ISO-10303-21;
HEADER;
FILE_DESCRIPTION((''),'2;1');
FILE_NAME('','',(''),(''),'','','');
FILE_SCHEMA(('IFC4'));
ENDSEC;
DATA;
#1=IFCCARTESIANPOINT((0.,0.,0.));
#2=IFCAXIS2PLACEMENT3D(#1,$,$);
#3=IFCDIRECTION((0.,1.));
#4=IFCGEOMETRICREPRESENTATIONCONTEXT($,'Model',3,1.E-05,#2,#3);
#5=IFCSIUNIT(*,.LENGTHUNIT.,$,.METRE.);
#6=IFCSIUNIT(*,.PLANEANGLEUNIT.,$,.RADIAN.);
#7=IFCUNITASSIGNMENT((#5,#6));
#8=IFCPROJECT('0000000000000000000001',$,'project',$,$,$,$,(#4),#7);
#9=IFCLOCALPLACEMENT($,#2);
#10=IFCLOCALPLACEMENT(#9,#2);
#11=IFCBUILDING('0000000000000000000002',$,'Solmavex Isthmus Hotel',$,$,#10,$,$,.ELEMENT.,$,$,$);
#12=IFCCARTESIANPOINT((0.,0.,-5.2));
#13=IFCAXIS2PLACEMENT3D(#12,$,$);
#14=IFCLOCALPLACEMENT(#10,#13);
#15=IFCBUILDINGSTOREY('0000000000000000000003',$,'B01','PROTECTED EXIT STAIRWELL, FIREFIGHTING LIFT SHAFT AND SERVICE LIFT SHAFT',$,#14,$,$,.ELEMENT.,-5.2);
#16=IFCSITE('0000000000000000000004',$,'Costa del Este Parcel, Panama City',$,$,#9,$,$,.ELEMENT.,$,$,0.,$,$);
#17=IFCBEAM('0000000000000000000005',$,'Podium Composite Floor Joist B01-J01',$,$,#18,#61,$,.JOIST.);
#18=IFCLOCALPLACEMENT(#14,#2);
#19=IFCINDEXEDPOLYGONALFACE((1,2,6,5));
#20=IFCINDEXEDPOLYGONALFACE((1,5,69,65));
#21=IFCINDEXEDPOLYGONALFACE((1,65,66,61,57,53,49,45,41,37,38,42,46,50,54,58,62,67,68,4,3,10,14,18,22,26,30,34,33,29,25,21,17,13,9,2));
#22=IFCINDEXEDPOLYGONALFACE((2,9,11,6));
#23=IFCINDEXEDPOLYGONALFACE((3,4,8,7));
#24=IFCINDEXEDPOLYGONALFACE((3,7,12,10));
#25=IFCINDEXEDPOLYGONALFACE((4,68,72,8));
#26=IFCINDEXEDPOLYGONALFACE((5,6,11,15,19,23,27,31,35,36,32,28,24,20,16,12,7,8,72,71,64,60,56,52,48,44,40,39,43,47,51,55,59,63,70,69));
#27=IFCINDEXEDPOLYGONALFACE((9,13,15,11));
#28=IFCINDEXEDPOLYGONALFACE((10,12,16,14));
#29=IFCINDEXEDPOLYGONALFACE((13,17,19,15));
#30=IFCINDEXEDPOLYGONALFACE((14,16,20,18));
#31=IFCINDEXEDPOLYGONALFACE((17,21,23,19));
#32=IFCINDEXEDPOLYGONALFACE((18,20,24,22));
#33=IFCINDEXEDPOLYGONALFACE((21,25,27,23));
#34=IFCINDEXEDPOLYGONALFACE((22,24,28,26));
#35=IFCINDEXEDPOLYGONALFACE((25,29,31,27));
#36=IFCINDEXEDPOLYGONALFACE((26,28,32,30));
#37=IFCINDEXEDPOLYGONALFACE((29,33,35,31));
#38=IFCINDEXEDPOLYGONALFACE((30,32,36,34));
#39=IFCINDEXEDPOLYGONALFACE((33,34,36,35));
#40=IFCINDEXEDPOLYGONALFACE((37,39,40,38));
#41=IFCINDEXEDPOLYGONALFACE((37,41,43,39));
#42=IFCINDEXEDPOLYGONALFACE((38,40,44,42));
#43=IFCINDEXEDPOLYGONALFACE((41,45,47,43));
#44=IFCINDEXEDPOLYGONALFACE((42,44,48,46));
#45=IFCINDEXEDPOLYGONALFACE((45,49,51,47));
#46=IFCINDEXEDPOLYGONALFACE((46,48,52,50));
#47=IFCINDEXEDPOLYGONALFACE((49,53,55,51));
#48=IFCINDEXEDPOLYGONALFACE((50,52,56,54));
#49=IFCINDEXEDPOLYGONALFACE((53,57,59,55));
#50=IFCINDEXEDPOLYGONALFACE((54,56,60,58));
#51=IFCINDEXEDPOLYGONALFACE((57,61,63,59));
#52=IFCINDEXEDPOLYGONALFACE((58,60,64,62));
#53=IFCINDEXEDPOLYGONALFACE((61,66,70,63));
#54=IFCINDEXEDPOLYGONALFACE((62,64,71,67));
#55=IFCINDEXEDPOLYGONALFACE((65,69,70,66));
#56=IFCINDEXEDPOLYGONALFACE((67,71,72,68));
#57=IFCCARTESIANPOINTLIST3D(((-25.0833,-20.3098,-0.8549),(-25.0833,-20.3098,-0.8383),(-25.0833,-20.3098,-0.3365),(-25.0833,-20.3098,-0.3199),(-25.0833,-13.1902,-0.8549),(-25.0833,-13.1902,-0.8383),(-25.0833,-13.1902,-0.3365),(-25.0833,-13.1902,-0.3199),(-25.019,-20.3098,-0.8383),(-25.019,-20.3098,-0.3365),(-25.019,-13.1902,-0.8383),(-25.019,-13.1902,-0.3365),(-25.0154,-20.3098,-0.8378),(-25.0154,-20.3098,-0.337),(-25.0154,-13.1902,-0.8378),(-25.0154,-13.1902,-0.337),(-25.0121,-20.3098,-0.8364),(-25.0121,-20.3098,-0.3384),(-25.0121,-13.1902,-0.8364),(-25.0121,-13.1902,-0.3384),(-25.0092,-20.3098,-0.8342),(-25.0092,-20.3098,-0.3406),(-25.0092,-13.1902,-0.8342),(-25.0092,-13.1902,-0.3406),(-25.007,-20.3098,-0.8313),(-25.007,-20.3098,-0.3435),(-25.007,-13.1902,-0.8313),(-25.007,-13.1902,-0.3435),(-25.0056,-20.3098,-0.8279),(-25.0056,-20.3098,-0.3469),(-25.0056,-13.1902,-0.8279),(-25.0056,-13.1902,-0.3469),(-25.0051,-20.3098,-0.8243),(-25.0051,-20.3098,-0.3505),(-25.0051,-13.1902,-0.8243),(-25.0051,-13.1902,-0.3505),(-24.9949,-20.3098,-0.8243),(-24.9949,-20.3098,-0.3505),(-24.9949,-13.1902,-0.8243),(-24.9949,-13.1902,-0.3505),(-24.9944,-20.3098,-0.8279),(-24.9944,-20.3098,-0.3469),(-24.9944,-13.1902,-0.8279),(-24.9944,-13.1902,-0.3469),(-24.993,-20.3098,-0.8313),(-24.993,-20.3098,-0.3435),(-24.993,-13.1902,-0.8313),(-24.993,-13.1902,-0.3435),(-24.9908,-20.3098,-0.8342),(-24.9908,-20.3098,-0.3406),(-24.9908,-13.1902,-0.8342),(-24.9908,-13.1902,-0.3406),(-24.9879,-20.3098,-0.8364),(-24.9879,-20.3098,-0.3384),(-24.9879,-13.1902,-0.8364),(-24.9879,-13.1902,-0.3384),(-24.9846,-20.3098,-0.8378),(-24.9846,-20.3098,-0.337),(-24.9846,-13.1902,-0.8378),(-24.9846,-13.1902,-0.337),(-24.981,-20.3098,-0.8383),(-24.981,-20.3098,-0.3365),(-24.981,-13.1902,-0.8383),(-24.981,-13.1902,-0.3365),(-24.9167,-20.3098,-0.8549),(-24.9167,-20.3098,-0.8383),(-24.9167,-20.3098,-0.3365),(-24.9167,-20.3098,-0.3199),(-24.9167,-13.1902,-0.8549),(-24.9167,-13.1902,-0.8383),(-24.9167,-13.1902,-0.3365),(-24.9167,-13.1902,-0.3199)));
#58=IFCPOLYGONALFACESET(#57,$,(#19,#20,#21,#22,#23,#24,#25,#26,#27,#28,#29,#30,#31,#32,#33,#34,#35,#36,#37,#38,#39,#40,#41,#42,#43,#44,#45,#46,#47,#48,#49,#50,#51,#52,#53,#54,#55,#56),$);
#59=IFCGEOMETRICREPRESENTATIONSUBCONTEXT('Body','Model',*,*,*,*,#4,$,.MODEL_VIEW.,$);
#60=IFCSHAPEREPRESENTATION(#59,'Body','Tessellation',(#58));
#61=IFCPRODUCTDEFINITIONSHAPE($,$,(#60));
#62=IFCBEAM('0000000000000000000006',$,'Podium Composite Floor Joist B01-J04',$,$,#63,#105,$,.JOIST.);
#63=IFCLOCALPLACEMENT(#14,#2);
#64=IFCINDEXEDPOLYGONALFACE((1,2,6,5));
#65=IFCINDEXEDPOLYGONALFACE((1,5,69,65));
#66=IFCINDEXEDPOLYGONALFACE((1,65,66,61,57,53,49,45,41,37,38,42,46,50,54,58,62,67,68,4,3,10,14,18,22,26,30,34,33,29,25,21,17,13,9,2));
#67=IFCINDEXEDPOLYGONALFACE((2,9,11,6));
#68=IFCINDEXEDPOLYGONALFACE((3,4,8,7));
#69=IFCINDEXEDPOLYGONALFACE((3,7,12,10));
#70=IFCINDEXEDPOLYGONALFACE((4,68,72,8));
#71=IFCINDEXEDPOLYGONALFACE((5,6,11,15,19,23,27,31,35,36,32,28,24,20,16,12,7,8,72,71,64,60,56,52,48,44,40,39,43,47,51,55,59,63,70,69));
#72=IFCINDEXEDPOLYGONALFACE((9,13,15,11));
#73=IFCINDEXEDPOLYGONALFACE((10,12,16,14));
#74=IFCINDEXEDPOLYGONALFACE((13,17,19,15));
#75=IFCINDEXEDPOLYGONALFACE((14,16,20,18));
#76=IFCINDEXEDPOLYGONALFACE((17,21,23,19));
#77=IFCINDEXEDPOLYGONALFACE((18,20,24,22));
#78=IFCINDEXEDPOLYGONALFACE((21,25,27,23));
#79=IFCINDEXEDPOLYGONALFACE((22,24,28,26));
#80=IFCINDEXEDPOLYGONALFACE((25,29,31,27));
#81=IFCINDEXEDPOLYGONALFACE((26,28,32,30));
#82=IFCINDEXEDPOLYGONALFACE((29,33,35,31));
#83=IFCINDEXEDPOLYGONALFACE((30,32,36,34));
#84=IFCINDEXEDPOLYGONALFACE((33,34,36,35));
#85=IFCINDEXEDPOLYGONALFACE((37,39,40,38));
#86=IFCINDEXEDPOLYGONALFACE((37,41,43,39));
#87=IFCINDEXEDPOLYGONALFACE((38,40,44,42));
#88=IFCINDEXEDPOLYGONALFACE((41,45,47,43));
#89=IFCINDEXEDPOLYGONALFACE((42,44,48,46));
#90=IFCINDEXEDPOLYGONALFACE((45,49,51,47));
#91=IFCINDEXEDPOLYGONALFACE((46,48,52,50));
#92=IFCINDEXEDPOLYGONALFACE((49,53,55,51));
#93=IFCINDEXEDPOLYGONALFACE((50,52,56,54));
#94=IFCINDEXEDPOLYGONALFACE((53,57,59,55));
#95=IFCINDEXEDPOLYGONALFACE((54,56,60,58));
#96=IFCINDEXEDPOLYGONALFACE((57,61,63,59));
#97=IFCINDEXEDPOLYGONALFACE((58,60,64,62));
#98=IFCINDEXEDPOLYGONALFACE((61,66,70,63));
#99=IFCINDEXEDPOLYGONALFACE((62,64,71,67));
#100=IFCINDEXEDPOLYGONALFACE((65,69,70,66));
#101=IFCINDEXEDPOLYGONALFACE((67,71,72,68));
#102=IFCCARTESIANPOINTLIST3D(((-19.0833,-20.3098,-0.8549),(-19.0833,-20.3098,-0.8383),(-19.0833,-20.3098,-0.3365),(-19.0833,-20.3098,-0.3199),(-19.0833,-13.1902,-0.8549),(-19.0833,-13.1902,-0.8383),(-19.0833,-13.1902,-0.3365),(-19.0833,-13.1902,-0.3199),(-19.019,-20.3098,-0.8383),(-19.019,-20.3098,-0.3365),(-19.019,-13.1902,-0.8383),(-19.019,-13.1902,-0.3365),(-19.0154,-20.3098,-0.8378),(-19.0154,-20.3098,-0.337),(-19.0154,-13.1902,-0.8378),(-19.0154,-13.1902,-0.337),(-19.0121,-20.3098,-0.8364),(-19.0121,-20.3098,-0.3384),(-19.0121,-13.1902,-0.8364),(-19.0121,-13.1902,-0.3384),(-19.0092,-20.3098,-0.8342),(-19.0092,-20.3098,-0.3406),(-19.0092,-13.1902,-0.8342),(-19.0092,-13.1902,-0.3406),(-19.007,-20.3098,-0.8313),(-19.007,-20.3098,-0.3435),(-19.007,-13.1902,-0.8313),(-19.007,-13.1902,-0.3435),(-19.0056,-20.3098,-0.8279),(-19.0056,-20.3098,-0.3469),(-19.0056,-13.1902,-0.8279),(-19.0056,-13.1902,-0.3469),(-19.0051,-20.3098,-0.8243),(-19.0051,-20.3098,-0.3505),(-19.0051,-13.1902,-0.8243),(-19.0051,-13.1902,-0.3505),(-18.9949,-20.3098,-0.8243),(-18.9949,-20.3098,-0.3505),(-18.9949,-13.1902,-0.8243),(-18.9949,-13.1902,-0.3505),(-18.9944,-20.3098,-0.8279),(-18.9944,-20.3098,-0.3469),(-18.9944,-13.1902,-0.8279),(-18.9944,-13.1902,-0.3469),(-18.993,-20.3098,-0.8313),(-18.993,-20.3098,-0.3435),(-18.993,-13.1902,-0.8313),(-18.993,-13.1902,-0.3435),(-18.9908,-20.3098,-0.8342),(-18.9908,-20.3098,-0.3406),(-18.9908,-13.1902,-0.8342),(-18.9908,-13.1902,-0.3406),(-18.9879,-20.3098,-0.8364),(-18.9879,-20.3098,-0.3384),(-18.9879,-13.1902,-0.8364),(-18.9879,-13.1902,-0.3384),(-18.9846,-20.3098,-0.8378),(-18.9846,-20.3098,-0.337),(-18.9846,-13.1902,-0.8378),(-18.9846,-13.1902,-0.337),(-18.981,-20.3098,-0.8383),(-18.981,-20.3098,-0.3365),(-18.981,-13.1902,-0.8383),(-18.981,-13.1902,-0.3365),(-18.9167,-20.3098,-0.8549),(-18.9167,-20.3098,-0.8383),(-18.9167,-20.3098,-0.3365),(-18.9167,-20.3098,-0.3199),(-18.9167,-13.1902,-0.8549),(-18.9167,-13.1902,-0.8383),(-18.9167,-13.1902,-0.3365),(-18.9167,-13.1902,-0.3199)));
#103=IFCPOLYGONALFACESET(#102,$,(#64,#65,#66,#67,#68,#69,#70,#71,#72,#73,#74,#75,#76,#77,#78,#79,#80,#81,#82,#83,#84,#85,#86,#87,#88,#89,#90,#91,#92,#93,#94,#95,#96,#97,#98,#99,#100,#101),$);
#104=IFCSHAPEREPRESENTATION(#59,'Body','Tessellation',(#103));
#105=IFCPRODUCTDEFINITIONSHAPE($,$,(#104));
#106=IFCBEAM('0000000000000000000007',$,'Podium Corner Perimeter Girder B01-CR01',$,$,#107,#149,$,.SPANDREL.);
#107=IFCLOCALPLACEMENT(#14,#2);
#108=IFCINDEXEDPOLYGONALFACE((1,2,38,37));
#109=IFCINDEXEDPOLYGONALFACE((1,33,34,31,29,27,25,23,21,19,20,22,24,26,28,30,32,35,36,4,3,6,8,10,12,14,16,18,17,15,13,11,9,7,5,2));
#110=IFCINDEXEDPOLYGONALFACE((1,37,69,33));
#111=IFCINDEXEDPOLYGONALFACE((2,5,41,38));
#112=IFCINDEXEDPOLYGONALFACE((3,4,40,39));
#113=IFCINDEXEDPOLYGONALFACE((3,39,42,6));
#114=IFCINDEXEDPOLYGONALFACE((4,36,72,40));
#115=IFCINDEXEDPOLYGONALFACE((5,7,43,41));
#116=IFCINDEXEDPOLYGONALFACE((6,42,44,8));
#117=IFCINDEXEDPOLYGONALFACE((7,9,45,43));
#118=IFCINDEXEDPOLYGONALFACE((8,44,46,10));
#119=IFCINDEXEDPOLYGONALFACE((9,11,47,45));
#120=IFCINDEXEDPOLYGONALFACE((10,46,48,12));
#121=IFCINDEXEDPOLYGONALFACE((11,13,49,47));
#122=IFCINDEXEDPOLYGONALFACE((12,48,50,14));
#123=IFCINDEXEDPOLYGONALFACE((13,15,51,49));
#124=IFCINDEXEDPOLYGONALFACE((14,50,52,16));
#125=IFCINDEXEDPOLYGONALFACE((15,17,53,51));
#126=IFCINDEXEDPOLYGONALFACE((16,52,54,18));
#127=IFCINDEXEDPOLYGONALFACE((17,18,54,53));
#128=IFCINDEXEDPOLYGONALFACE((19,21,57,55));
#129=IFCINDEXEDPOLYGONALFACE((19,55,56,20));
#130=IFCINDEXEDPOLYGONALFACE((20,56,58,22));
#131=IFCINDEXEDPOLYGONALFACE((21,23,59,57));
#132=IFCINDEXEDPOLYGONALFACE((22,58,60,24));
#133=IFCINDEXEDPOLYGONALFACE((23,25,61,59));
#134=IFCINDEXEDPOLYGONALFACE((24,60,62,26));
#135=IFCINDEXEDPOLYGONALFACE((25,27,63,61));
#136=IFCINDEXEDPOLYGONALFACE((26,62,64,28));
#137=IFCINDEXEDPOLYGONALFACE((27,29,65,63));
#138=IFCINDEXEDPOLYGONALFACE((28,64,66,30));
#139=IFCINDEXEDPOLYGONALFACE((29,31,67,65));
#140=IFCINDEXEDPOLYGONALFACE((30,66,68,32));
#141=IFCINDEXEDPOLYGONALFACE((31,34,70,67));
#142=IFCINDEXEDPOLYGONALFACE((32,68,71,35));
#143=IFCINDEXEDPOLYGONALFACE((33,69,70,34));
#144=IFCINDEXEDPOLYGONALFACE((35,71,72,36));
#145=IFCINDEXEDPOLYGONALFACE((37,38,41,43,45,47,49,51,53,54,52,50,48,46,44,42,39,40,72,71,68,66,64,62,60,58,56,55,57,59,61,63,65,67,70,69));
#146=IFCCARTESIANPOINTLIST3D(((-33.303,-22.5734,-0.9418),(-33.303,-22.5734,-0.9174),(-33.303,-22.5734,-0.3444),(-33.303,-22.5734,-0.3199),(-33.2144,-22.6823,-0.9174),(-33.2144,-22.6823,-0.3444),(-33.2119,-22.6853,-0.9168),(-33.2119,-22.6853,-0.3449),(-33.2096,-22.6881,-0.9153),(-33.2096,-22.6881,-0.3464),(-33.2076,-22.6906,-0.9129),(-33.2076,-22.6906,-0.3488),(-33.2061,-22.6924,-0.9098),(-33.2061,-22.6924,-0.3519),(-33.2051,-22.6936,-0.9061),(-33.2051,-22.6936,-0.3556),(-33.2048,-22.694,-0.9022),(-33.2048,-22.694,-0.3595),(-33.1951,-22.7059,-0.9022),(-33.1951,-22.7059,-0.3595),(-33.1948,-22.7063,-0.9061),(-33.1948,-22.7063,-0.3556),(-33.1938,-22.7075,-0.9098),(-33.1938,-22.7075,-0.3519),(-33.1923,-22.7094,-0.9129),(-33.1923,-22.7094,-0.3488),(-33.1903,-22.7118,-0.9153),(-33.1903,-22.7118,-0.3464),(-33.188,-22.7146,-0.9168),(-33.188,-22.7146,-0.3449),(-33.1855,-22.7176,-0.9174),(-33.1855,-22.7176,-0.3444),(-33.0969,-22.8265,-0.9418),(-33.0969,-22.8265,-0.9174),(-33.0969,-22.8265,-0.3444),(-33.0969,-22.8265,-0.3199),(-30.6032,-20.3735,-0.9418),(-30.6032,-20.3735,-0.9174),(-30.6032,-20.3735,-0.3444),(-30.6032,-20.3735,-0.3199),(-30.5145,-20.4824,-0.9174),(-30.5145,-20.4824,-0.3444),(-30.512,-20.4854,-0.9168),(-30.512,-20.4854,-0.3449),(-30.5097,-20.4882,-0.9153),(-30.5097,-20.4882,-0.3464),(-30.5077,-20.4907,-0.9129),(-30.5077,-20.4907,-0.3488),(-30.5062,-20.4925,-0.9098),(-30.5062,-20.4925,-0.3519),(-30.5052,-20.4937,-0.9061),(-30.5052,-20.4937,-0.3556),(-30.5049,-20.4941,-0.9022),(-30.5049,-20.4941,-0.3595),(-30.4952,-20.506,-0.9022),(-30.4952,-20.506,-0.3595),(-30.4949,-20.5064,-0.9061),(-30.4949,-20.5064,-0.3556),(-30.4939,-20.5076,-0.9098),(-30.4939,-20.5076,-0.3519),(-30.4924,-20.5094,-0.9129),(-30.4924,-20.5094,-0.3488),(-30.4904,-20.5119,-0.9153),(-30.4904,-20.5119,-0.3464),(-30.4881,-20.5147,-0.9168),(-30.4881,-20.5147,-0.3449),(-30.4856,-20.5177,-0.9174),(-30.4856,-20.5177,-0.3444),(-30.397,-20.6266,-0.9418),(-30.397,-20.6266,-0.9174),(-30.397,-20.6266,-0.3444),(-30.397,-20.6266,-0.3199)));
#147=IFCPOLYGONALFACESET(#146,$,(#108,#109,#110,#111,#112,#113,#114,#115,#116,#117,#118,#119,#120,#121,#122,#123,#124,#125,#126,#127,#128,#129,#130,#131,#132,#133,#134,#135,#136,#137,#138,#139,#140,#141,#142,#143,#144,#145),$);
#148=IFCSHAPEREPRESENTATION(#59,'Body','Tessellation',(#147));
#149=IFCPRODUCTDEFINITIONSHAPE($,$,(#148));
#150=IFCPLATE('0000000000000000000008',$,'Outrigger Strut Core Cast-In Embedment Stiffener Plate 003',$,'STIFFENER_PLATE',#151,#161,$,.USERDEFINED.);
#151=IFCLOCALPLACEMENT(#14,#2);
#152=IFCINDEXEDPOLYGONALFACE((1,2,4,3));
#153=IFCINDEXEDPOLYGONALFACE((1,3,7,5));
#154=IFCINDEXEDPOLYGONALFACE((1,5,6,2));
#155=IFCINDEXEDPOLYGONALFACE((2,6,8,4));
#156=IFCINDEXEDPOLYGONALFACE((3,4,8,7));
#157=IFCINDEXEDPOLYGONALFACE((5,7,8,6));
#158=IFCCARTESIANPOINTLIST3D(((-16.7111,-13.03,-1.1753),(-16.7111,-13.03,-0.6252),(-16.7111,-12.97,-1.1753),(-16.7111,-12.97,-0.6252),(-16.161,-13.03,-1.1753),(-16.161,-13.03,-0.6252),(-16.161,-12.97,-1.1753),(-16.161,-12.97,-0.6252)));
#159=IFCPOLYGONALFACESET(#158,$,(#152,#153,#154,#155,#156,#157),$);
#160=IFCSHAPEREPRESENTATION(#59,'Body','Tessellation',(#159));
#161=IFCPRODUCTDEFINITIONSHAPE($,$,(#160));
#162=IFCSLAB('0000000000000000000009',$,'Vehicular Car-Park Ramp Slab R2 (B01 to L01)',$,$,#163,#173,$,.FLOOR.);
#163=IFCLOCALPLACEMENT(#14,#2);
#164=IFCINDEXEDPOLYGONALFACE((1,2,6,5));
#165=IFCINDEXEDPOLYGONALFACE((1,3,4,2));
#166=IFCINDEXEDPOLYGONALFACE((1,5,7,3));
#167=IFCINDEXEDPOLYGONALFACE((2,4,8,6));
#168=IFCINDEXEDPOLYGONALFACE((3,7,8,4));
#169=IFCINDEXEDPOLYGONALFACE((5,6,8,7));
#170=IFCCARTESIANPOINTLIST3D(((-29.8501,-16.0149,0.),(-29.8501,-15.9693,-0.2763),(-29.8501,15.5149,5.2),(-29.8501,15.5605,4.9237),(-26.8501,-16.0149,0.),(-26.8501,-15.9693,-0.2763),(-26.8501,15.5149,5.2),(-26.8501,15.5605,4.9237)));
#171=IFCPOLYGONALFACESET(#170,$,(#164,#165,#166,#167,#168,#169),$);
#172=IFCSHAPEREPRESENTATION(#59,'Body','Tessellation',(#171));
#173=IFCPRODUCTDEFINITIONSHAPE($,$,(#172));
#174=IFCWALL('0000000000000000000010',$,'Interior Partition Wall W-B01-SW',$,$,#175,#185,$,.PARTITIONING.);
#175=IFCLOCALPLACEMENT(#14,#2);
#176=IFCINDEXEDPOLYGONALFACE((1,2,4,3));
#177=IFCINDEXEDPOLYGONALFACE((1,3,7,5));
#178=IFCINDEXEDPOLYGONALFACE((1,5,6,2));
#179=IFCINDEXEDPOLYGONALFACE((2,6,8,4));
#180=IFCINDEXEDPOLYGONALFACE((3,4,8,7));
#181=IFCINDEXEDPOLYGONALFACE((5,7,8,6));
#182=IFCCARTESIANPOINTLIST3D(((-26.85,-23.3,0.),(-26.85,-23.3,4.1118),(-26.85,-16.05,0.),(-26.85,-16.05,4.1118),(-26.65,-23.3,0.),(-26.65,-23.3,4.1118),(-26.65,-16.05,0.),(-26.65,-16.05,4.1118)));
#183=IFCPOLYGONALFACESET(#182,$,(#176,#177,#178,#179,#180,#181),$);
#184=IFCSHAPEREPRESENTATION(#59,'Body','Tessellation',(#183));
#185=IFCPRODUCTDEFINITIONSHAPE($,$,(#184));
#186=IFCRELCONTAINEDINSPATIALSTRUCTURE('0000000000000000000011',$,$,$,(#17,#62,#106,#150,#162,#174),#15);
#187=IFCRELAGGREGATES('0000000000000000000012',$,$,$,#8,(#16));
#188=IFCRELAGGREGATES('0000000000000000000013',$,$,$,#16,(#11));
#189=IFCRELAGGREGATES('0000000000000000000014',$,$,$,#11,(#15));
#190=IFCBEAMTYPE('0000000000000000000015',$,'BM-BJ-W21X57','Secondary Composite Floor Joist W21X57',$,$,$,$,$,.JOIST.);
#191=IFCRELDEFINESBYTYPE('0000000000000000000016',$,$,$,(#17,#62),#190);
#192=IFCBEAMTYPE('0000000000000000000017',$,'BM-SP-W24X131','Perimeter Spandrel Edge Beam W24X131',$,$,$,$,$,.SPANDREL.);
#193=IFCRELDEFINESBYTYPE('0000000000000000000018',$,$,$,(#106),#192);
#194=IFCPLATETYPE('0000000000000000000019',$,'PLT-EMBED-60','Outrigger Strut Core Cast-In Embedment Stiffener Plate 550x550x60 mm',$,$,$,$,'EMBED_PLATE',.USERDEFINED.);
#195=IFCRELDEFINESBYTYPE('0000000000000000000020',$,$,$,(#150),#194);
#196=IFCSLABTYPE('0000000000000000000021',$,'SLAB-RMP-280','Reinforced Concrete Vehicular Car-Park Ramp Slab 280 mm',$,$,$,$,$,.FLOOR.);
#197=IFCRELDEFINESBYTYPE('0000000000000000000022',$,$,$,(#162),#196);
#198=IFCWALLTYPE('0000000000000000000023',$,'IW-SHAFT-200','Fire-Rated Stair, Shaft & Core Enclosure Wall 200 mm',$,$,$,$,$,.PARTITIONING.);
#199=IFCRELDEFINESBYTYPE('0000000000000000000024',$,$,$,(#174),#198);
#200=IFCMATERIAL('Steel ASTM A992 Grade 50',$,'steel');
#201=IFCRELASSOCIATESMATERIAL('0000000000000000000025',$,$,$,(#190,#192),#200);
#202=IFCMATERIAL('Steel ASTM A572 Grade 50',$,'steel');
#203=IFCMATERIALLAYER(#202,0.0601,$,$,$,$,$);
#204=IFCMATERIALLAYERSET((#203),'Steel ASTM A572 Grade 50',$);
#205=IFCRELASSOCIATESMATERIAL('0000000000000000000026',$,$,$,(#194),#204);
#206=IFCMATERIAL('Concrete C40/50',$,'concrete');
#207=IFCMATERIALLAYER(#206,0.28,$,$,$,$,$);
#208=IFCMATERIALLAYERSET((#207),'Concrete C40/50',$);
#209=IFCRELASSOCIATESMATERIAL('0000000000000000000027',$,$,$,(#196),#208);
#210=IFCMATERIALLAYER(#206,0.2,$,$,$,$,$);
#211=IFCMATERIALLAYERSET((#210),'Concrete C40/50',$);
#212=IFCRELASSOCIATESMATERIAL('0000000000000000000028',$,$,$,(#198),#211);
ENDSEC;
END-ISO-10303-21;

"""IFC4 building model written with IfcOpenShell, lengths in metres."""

from ifc_helpers import new_model, si_unit, direction, frame, frame_2d, origin, origin_2d, place, context, subcontext, project, spatial, polyline, rectangle, i_section, outline, extrude, material, layer, layer_set, material_profile, profile_set, type_object, element, save


model = new_model("IFC4")

# Units and contexts
model_context = context("Model", 3, precision=1e-05, world=origin(), true_north=direction((0.0, 1.0)))
body_context = subcontext(model_context, "Body", "Model", "MODEL_VIEW")
ifc_project = project(units=[si_unit("LENGTHUNIT", "METRE"), si_unit("PLANEANGLEUNIT", "RADIAN")], contexts=[model_context])

# Site, building, storey
site_placement = place(None, origin())
site = spatial("IfcSite", under=ifc_project, at=site_placement, Name="Costa del Este Parcel, Panama City", CompositionType="ELEMENT", RefElevation=0.0)
building_placement = place(site_placement, origin())
building = spatial("IfcBuilding", under=site, at=building_placement, Name="Solmavex Isthmus Hotel", CompositionType="ELEMENT")
storey_placement = place(building_placement, frame((0.0, 0.0, -5.2)))
storey = spatial("IfcBuildingStorey", under=building, at=storey_placement, Name="B01", Description="PROTECTED EXIT STAIRWELL, FIREFIGHTING LIFT SHAFT AND SERVICE LIFT SHAFT", CompositionType="ELEMENT", Elevation=-5.2)

# Beams
ifc_material_1 = material(Name="Steel ASTM A992 Grade 50", Category="steel")
ifc_material_profile_1 = material_profile(ifc_material_1, i_section(OverallWidth=0.1665, OverallDepth=0.5349, WebThickness=0.0103, FlangeThickness=0.0166, FilletRadius=0.0139, at=origin_2d()), Name="W21X57")
ifc_profile_set_1 = profile_set([ifc_material_profile_1], Name="Steel ASTM A992 Grade 50")
beam_type_1 = type_object("IfcBeamType", Name="BM-BJ-W21X57", Description="Secondary Composite Floor Joist W21X57", PredefinedType="JOIST", material=ifc_profile_set_1)
for number, where, z_axis, x_axis, name in (
    (1, (-25.0, -20.3098, -0.5874), (0.0, 1.0, 0.0), (-1.0, 0.0, 0.0), "Podium Composite Floor Joist B01-J01"),
    (2, (-19.0, -20.3098, -0.5874), (0.0, 1.0, 0.0), (-1.0, 0.0, 0.0), "Podium Composite Floor Joist B01-J04"),
):
    element("IfcBeam", number, at=place(storey_placement, frame(where, z_axis=z_axis, x_axis=x_axis)), inside=storey, type_object=beam_type_1, Name=name, PredefinedType="JOIST", context=body_context, shape_type="SweptSolid", body=[
        extrude(i_section(OverallWidth=0.1665, OverallDepth=0.5349, WebThickness=0.0103, FlangeThickness=0.0166, FilletRadius=0.0139, at=origin_2d()), origin(), (0.0, 0.0, 1.0), 7.1196),
    ])
ifc_material_profile_2 = material_profile(ifc_material_1, i_section(OverallWidth=0.3264, OverallDepth=0.6218, WebThickness=0.0154, FlangeThickness=0.0244, FilletRadius=0.0151, at=origin_2d()), Name="W24X131")
ifc_profile_set_2 = profile_set([ifc_material_profile_2], Name="Steel ASTM A992 Grade 50")
beam_type_2 = type_object("IfcBeamType", Name="BM-SP-W24X131", Description="Perimeter Spandrel Edge Beam W24X131", PredefinedType="SPANDREL", material=ifc_profile_set_2)
beam_1_placement = place(storey_placement, frame((-33.2, -22.7, -0.6309), z_axis=(0.775236, 0.631671, 0.0), x_axis=(-0.631671, 0.775236, 0.0)))
element("IfcBeam", 3, at=beam_1_placement, inside=storey, type_object=beam_type_2, Name="Podium Corner Perimeter Girder B01-CR01", PredefinedType="SPANDREL", context=body_context, shape_type="SweptSolid", body=[
    extrude(i_section(OverallWidth=0.3264, OverallDepth=0.6218, WebThickness=0.0154, FlangeThickness=0.0244, FilletRadius=0.0151, at=origin_2d()), origin(), (0.0, 0.0, 1.0), 3.4827),
])

# Plate
ifc_material_2 = material(Name="Steel ASTM A572 Grade 50", Category="steel")
ifc_layer_1 = layer(ifc_material_2, 0.0601)
ifc_layer_set_1 = layer_set([ifc_layer_1], Name="Steel ASTM A572 Grade 50")
plate_type = type_object("IfcPlateType", Name="PLT-EMBED-60", Description="Outrigger Strut Core Cast-In Embedment Stiffener Plate 550x550x60 mm", ElementType="EMBED_PLATE", PredefinedType="USERDEFINED", material=ifc_layer_set_1)
plate_placement = place(storey_placement, frame((-16.436, -13.0, -1.1753), z_axis=(0.0, 0.0, 1.0), x_axis=(1.0, 0.0, 0.0)))
element("IfcPlate", 4, at=plate_placement, inside=storey, type_object=plate_type, Name="Outrigger Strut Core Cast-In Embedment Stiffener Plate 003", ObjectType="STIFFENER_PLATE", PredefinedType="USERDEFINED", context=body_context, shape_type="SweptSolid", body=[
    extrude(rectangle(XDim=0.55, YDim=0.0601, at=origin_2d()), origin(), (0.0, 0.0, 1.0), 0.55),
])

# Slab
ifc_material_3 = material(Name="Concrete C40/50", Category="concrete")
ifc_layer_2 = layer(ifc_material_3, 0.28)
ifc_layer_set_2 = layer_set([ifc_layer_2], Name="Concrete C40/50")
slab_type = type_object("IfcSlabType", Name="SLAB-RMP-280", Description="Reinforced Concrete Vehicular Car-Park Ramp Slab 280 mm", PredefinedType="FLOOR", material=ifc_layer_set_2)
slab_placement = place(storey_placement, frame((-29.8501, -16.0149, 0.0), z_axis=(0.0, -0.162724, 0.986672), x_axis=(1.0, 0.0, 0.0)))
element("IfcSlab", 5, at=slab_placement, inside=storey, type_object=slab_type, Name="Vehicular Car-Park Ramp Slab R2 (B01 to L01)", PredefinedType="FLOOR", context=body_context, shape_type="SweptSolid", body=[
    extrude(outline(polyline([(0.0, 0.0), (3.0, 0.0), (3.0, 31.9557), (0.0, 31.9557), (0.0, 0.0)])), origin(), (0.0, 0.0, -1.0), 0.28),
])

# Wall
ifc_layer_3 = layer(ifc_material_3, 0.2)
ifc_layer_set_3 = layer_set([ifc_layer_3], Name="Concrete C40/50")
wall_type_1 = type_object("IfcWallType", Name="IW-SHAFT-200", Description="Fire-Rated Stair, Shaft & Core Enclosure Wall 200 mm", PredefinedType="PARTITIONING", material=ifc_layer_set_3)
wall_1_placement = place(storey_placement, frame((-26.75, -23.3, 0.0), z_axis=(0.0, 0.0, 1.0), x_axis=(0.0, 1.0, 0.0)))
element("IfcWall", 6, at=wall_1_placement, inside=storey, type_object=wall_type_1, Name="Interior Partition Wall W-B01-SW", PredefinedType="PARTITIONING", context=body_context, shape_type="SweptSolid", body=[
    extrude(rectangle(XDim=7.25, YDim=0.2, at=frame_2d((3.625, 0.0))), origin(), (0.0, 0.0, 1.0), 4.1118),
])

save(model, "model.ifc")
